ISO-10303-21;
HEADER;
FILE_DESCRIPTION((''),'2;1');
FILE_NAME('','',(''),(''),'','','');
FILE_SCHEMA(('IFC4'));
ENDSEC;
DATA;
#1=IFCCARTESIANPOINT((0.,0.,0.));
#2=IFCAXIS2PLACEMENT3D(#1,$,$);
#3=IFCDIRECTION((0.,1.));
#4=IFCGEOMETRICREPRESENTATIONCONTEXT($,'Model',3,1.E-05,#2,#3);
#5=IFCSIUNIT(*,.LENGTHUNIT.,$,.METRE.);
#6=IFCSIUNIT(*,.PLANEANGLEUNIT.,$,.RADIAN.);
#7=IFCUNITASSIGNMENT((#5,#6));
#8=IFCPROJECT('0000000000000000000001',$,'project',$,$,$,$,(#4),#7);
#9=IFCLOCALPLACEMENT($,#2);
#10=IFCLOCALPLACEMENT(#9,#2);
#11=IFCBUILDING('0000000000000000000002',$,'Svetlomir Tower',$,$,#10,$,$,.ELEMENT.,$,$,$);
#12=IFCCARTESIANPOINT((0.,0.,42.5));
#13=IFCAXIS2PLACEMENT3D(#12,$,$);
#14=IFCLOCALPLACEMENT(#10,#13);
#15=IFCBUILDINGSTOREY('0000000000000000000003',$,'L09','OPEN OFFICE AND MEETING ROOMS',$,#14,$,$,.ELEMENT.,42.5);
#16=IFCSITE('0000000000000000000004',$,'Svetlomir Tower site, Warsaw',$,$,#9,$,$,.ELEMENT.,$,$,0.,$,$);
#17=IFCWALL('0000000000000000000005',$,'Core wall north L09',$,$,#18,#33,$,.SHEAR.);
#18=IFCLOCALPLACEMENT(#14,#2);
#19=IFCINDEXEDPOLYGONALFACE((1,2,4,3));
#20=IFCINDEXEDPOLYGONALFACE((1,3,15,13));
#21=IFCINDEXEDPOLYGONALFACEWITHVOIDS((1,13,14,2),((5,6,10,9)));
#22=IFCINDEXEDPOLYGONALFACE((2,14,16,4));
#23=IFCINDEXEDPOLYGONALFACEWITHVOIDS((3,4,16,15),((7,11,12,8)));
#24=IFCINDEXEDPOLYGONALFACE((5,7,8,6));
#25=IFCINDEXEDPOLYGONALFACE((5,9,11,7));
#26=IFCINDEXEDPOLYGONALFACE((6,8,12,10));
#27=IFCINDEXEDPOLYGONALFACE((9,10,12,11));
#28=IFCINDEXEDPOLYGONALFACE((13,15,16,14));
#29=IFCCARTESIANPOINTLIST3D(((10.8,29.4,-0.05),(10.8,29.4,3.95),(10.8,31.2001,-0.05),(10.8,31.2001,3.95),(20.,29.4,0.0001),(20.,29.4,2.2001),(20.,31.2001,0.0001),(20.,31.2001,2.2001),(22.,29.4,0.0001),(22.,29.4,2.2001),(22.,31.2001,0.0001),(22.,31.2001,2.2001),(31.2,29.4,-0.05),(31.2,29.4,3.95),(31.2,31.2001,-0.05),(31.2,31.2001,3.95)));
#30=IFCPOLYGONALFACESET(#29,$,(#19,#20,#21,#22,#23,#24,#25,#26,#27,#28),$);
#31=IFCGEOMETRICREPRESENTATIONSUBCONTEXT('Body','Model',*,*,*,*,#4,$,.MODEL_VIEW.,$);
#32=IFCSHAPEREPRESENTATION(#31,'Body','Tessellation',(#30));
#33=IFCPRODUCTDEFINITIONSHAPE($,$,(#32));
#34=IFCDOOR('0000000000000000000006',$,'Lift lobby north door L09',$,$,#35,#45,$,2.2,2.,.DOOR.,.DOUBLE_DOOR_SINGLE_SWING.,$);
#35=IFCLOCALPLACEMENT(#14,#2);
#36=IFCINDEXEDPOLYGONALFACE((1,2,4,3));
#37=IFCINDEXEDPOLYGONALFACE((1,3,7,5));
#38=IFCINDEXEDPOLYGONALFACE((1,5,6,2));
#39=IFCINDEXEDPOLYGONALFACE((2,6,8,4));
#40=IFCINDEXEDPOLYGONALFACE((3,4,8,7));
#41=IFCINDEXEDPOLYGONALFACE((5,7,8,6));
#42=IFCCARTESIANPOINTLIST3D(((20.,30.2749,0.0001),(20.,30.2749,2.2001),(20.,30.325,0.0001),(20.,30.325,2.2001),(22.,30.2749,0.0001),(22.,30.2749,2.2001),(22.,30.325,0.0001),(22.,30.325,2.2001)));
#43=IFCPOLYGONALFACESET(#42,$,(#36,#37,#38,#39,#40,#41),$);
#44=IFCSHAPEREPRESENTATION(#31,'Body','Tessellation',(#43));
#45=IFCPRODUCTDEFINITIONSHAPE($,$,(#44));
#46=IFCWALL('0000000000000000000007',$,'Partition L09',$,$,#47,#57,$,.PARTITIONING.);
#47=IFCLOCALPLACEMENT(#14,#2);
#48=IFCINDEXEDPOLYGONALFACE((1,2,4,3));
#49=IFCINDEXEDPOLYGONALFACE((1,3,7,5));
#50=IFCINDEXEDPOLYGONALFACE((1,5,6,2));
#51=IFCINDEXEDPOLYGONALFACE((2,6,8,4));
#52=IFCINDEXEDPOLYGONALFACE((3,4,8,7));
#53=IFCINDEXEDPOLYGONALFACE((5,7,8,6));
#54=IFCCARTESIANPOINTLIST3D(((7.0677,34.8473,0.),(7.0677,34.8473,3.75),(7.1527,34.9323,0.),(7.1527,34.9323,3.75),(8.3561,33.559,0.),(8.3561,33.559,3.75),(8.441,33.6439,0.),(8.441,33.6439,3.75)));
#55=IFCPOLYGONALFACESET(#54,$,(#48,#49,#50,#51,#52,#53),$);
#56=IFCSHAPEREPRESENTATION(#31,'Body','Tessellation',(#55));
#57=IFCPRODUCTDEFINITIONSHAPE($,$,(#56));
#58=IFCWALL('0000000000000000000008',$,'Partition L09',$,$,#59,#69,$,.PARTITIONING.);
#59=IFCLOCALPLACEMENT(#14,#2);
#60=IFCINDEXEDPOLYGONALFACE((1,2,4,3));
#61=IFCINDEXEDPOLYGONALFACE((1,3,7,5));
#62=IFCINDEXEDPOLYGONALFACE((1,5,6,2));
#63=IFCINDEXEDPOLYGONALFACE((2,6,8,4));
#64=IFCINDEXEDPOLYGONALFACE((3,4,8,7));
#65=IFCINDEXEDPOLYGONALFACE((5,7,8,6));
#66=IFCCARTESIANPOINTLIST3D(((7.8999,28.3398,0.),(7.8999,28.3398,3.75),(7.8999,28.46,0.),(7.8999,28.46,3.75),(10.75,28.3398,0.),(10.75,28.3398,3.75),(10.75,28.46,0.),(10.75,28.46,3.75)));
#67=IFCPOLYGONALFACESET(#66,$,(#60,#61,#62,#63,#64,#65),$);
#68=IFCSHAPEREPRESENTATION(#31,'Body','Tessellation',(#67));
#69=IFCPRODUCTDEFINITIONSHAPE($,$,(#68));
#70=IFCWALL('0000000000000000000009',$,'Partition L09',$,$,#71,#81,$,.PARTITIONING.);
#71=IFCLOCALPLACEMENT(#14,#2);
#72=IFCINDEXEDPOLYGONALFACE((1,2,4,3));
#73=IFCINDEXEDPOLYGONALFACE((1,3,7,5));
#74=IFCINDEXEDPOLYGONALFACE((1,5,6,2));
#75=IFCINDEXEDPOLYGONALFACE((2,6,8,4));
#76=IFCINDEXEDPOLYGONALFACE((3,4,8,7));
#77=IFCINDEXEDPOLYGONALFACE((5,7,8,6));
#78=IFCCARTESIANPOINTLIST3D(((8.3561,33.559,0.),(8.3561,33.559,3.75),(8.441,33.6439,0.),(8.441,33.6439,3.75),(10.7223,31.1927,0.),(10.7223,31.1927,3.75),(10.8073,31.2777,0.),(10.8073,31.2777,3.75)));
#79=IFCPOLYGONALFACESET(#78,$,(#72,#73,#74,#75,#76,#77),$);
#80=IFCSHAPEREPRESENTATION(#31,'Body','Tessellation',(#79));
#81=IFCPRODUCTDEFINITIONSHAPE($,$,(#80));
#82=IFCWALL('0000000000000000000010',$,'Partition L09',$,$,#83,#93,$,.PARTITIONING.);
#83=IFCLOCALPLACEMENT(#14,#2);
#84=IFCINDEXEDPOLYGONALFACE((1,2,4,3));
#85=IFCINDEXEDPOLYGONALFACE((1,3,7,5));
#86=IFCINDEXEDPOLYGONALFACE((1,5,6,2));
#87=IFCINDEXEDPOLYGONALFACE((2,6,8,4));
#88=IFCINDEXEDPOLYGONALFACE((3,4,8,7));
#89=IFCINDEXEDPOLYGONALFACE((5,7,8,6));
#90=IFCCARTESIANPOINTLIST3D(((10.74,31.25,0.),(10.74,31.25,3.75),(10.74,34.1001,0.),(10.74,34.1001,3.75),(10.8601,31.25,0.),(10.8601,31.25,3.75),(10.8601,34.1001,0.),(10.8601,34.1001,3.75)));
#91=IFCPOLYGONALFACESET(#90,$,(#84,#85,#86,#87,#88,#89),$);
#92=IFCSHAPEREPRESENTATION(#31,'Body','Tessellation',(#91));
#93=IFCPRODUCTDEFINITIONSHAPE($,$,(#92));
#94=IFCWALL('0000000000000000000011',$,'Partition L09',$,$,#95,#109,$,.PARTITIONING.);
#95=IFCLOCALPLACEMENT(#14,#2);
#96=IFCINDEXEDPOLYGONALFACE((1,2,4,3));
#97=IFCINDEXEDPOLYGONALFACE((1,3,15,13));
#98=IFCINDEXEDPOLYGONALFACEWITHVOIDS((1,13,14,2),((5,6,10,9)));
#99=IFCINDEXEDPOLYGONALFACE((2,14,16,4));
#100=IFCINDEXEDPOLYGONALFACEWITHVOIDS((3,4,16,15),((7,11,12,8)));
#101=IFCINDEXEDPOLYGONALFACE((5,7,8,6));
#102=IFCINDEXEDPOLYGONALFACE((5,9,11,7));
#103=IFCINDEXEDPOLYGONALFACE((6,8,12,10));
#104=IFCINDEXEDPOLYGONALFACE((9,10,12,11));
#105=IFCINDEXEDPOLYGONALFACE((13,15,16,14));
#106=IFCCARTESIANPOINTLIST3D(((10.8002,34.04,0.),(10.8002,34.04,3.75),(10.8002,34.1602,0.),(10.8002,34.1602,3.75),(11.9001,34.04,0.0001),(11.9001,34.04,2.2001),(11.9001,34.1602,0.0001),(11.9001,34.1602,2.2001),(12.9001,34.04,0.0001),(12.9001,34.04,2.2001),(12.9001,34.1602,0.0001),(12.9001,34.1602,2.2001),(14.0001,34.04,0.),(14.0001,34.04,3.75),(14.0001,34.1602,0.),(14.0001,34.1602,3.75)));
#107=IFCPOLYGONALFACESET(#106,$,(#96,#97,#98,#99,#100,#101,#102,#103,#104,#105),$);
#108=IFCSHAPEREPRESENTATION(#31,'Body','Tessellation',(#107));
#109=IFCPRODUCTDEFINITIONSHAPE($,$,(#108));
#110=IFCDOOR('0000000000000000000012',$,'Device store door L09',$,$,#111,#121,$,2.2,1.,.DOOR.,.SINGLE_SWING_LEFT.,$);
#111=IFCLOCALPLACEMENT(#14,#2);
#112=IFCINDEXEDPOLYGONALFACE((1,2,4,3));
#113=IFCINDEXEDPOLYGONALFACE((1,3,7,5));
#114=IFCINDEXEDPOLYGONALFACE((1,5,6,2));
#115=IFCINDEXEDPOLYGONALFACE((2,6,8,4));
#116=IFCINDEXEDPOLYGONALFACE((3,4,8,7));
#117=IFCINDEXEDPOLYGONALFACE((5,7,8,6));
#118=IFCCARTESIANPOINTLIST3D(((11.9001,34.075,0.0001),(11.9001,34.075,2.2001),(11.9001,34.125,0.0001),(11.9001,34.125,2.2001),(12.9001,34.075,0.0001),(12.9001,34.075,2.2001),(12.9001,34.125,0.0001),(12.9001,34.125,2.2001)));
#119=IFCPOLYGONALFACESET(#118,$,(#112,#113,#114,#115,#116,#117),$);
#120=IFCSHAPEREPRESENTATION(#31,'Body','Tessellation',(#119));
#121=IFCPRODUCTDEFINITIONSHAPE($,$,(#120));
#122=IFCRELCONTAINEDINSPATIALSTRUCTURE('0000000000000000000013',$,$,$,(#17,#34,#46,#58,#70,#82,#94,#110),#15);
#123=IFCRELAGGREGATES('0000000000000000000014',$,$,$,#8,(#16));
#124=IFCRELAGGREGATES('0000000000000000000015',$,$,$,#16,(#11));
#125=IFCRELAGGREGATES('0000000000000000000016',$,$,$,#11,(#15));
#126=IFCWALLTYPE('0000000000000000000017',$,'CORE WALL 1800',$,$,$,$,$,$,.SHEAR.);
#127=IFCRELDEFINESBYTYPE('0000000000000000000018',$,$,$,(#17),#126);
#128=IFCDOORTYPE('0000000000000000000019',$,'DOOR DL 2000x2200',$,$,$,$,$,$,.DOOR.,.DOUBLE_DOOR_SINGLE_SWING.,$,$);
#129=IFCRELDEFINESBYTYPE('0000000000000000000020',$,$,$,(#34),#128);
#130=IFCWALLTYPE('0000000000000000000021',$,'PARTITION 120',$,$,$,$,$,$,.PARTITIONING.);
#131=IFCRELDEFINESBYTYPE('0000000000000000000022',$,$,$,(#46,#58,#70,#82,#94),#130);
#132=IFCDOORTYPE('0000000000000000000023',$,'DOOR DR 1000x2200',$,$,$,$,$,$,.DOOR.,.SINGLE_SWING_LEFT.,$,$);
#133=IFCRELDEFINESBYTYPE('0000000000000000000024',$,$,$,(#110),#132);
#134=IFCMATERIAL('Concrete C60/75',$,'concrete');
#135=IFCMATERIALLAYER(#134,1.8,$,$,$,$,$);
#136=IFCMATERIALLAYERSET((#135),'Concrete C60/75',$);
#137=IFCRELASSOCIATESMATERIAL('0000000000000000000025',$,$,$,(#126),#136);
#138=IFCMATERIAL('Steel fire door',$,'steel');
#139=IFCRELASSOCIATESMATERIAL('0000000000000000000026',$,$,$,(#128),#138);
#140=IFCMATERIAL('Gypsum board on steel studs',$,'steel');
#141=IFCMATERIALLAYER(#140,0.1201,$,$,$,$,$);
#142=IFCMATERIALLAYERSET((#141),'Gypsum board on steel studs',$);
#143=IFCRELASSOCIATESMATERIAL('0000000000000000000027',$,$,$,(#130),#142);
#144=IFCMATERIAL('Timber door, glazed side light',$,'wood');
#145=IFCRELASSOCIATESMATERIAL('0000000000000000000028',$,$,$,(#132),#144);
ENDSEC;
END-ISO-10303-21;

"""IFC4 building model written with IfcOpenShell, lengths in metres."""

from ifc_helpers import new_model, si_unit, direction, frame, frame_2d, origin, place, context, subcontext, project, spatial, rectangle, extrude, material, layer, layer_set, type_object, element, fill, save


model = new_model("IFC4")

# Units and contexts
model_context = context("Model", 3, precision=1e-05, world=origin(), true_north=direction((0.0, 1.0)))
body_context = subcontext(model_context, "Body", "Model", "MODEL_VIEW")
ifc_project = project(units=[si_unit("LENGTHUNIT", "METRE"), si_unit("PLANEANGLEUNIT", "RADIAN")], contexts=[model_context])

# Site, building, storey
site_placement = place(None, origin())
site = spatial("IfcSite", under=ifc_project, at=site_placement, Name="Svetlomir Tower site, Warsaw", CompositionType="ELEMENT", RefElevation=0.0)
building_placement = place(site_placement, origin())
building = spatial("IfcBuilding", under=site, at=building_placement, Name="Svetlomir Tower", CompositionType="ELEMENT")
storey_placement = place(building_placement, frame((0.0, 0.0, 42.5)))
storey = spatial("IfcBuildingStorey", under=building, at=storey_placement, Name="L09", Description="OPEN OFFICE AND MEETING ROOMS", CompositionType="ELEMENT", Elevation=42.5)

# Wall, opening, door
ifc_material_1 = material(Name="Concrete C60/75", Category="concrete")
ifc_layer_1 = layer(ifc_material_1, 1.8)
ifc_layer_set_1 = layer_set([ifc_layer_1], Name="Concrete C60/75")
wall_type_1 = type_object("IfcWallType", Name="CORE WALL 1800", PredefinedType="SHEAR", material=ifc_layer_set_1)
wall_1_placement = place(storey_placement, frame((10.8, 30.3, -0.05), z_axis=(0.0, 0.0, 1.0), x_axis=(1.0, 0.0, 0.0)))
wall_1 = element("IfcWall", 1, at=wall_1_placement, inside=storey, type_object=wall_type_1, Name="Core wall north L09", PredefinedType="SHEAR", context=body_context, shape_type="SweptSolid", body=[
    extrude(rectangle(XDim=20.3999, YDim=1.8, at=frame_2d((10.2, 0.0))), origin(), (0.0, 0.0, 1.0), 4.0),
])
opening_1_placement = place(wall_1_placement, frame((9.2, 0.0, 0.05)))
opening_1 = element("IfcOpeningElement", 2, at=opening_1_placement, cuts=wall_1, PredefinedType="OPENING", context=body_context, shape_type="SweptSolid", body=[
    extrude(rectangle(XDim=2.0, YDim=2.2, at=frame_2d((1.0, 1.1001))), frame((0.0, 0.9102, 0.0), z_axis=(0.0, -1.0, 0.0), x_axis=(1.0, 0.0, 0.0)), (0.0, 0.0, 1.0), 1.8201),
])
ifc_material_2 = material(Name="Steel fire door", Category="steel")
door_type_1 = type_object("IfcDoorType", Name="DOOR DL 2000x2200", OperationType="DOUBLE_DOOR_SINGLE_SWING", PredefinedType="DOOR", material=ifc_material_2)
door_1_placement = place(opening_1_placement, origin())
door_1 = element("IfcDoor", 3, at=door_1_placement, inside=storey, type_object=door_type_1, Name="Lift lobby north door L09", OperationType="DOUBLE_DOOR_SINGLE_SWING", OverallHeight=2.2, OverallWidth=2.0, PredefinedType="DOOR", context=body_context, shape_type="SweptSolid", body=[
    extrude(rectangle(XDim=2.0, YDim=2.2, at=frame_2d((1.0, 1.1001))), frame((0.0, 0.0249, 0.0), z_axis=(0.0, -1.0, 0.0), x_axis=(1.0, 0.0, 0.0)), (0.0, 0.0, 1.0), 0.05),
])
fill(opening_1, door_1)

# Walls
ifc_material_3 = material(Name="Gypsum board on steel studs", Category="steel")
ifc_layer_2 = layer(ifc_material_3, 0.1201)
ifc_layer_set_2 = layer_set([ifc_layer_2], Name="Gypsum board on steel studs")
wall_type_2 = type_object("IfcWallType", Name="PARTITION 120", PredefinedType="PARTITIONING", material=ifc_layer_set_2)
wall_2_placement = place(storey_placement, frame((7.1101, 34.8899, 0.0), z_axis=(0.0, 0.0, 1.0), x_axis=(0.707107, -0.707107, 0.0)))
element("IfcWall", 4, at=wall_2_placement, inside=storey, type_object=wall_type_2, Name="Partition L09", PredefinedType="PARTITIONING", context=body_context, shape_type="SweptSolid", body=[
    extrude(rectangle(XDim=1.822, YDim=0.1201, at=frame_2d((0.9111, 0.0))), origin(), (0.0, 0.0, 1.0), 3.75),
])
wall_3_placement = place(storey_placement, frame((7.8999, 28.3999, 0.0), z_axis=(0.0, 0.0, 1.0), x_axis=(1.0, 0.0, 0.0)))
element("IfcWall", 5, at=wall_3_placement, inside=storey, type_object=wall_type_2, Name="Partition L09", PredefinedType="PARTITIONING", context=body_context, shape_type="SweptSolid", body=[
    extrude(rectangle(XDim=2.8501, YDim=0.1201, at=frame_2d((1.425, 0.0))), origin(), (0.0, 0.0, 1.0), 3.75),
])
wall_4_placement = place(storey_placement, frame((8.3984, 33.6016, 0.0), z_axis=(0.0, 0.0, 1.0), x_axis=(0.707107, -0.707107, 0.0)))
element("IfcWall", 6, at=wall_4_placement, inside=storey, type_object=wall_type_2, Name="Partition L09", PredefinedType="PARTITIONING", context=body_context, shape_type="SweptSolid", body=[
    extrude(rectangle(XDim=3.3464, YDim=0.1201, at=frame_2d((1.6733, 0.0))), origin(), (0.0, 0.0, 1.0), 3.75),
])
wall_5_placement = place(storey_placement, frame((10.8, 31.25, 0.0), z_axis=(0.0, 0.0, 1.0), x_axis=(0.0, 1.0, 0.0)))
element("IfcWall", 7, at=wall_5_placement, inside=storey, type_object=wall_type_2, Name="Partition L09", PredefinedType="PARTITIONING", context=body_context, shape_type="SweptSolid", body=[
    extrude(rectangle(XDim=2.8501, YDim=0.1201, at=frame_2d((1.425, 0.0))), origin(), (0.0, 0.0, 1.0), 3.75),
])

# Wall, opening, door
wall_6_placement = place(storey_placement, frame((10.8, 34.1001, 0.0), z_axis=(0.0, 0.0, 1.0), x_axis=(1.0, 0.0, 0.0)))
wall_6 = element("IfcWall", 8, at=wall_6_placement, inside=storey, type_object=wall_type_2, Name="Partition L09", PredefinedType="PARTITIONING", context=body_context, shape_type="SweptSolid", body=[
    extrude(rectangle(XDim=3.2, YDim=0.1201, at=frame_2d((1.6001, 0.0))), origin(), (0.0, 0.0, 1.0), 3.75),
])
opening_2_placement = place(wall_6_placement, frame((1.1001, 0.0, 0.0)))
opening_2 = element("IfcOpeningElement", 9, at=opening_2_placement, cuts=wall_6, PredefinedType="OPENING", context=body_context, shape_type="SweptSolid", body=[
    extrude(rectangle(XDim=1.0, YDim=2.2, at=frame_2d((0.5, 1.1001))), frame((0.0, 0.0701, 0.0), z_axis=(0.0, -1.0, 0.0), x_axis=(1.0, 0.0, 0.0)), (0.0, 0.0, 1.0), 0.1401),
])
ifc_material_4 = material(Name="Timber door, glazed side light", Category="wood")
door_type_2 = type_object("IfcDoorType", Name="DOOR DR 1000x2200", OperationType="SINGLE_SWING_LEFT", PredefinedType="DOOR", material=ifc_material_4)
door_2_placement = place(opening_2_placement, origin())
door_2 = element("IfcDoor", 10, at=door_2_placement, inside=storey, type_object=door_type_2, Name="Device store door L09", OperationType="SINGLE_SWING_LEFT", OverallHeight=2.2, OverallWidth=1.0, PredefinedType="DOOR", context=body_context, shape_type="SweptSolid", body=[
    extrude(rectangle(XDim=1.0, YDim=2.2, at=frame_2d((0.5, 1.1001))), frame((0.0, 0.0249, 0.0), z_axis=(0.0, -1.0, 0.0), x_axis=(1.0, 0.0, 0.0)), (0.0, 0.0, 1.0), 0.05),
])
fill(opening_2, door_2)

save(model, "model.ifc")
